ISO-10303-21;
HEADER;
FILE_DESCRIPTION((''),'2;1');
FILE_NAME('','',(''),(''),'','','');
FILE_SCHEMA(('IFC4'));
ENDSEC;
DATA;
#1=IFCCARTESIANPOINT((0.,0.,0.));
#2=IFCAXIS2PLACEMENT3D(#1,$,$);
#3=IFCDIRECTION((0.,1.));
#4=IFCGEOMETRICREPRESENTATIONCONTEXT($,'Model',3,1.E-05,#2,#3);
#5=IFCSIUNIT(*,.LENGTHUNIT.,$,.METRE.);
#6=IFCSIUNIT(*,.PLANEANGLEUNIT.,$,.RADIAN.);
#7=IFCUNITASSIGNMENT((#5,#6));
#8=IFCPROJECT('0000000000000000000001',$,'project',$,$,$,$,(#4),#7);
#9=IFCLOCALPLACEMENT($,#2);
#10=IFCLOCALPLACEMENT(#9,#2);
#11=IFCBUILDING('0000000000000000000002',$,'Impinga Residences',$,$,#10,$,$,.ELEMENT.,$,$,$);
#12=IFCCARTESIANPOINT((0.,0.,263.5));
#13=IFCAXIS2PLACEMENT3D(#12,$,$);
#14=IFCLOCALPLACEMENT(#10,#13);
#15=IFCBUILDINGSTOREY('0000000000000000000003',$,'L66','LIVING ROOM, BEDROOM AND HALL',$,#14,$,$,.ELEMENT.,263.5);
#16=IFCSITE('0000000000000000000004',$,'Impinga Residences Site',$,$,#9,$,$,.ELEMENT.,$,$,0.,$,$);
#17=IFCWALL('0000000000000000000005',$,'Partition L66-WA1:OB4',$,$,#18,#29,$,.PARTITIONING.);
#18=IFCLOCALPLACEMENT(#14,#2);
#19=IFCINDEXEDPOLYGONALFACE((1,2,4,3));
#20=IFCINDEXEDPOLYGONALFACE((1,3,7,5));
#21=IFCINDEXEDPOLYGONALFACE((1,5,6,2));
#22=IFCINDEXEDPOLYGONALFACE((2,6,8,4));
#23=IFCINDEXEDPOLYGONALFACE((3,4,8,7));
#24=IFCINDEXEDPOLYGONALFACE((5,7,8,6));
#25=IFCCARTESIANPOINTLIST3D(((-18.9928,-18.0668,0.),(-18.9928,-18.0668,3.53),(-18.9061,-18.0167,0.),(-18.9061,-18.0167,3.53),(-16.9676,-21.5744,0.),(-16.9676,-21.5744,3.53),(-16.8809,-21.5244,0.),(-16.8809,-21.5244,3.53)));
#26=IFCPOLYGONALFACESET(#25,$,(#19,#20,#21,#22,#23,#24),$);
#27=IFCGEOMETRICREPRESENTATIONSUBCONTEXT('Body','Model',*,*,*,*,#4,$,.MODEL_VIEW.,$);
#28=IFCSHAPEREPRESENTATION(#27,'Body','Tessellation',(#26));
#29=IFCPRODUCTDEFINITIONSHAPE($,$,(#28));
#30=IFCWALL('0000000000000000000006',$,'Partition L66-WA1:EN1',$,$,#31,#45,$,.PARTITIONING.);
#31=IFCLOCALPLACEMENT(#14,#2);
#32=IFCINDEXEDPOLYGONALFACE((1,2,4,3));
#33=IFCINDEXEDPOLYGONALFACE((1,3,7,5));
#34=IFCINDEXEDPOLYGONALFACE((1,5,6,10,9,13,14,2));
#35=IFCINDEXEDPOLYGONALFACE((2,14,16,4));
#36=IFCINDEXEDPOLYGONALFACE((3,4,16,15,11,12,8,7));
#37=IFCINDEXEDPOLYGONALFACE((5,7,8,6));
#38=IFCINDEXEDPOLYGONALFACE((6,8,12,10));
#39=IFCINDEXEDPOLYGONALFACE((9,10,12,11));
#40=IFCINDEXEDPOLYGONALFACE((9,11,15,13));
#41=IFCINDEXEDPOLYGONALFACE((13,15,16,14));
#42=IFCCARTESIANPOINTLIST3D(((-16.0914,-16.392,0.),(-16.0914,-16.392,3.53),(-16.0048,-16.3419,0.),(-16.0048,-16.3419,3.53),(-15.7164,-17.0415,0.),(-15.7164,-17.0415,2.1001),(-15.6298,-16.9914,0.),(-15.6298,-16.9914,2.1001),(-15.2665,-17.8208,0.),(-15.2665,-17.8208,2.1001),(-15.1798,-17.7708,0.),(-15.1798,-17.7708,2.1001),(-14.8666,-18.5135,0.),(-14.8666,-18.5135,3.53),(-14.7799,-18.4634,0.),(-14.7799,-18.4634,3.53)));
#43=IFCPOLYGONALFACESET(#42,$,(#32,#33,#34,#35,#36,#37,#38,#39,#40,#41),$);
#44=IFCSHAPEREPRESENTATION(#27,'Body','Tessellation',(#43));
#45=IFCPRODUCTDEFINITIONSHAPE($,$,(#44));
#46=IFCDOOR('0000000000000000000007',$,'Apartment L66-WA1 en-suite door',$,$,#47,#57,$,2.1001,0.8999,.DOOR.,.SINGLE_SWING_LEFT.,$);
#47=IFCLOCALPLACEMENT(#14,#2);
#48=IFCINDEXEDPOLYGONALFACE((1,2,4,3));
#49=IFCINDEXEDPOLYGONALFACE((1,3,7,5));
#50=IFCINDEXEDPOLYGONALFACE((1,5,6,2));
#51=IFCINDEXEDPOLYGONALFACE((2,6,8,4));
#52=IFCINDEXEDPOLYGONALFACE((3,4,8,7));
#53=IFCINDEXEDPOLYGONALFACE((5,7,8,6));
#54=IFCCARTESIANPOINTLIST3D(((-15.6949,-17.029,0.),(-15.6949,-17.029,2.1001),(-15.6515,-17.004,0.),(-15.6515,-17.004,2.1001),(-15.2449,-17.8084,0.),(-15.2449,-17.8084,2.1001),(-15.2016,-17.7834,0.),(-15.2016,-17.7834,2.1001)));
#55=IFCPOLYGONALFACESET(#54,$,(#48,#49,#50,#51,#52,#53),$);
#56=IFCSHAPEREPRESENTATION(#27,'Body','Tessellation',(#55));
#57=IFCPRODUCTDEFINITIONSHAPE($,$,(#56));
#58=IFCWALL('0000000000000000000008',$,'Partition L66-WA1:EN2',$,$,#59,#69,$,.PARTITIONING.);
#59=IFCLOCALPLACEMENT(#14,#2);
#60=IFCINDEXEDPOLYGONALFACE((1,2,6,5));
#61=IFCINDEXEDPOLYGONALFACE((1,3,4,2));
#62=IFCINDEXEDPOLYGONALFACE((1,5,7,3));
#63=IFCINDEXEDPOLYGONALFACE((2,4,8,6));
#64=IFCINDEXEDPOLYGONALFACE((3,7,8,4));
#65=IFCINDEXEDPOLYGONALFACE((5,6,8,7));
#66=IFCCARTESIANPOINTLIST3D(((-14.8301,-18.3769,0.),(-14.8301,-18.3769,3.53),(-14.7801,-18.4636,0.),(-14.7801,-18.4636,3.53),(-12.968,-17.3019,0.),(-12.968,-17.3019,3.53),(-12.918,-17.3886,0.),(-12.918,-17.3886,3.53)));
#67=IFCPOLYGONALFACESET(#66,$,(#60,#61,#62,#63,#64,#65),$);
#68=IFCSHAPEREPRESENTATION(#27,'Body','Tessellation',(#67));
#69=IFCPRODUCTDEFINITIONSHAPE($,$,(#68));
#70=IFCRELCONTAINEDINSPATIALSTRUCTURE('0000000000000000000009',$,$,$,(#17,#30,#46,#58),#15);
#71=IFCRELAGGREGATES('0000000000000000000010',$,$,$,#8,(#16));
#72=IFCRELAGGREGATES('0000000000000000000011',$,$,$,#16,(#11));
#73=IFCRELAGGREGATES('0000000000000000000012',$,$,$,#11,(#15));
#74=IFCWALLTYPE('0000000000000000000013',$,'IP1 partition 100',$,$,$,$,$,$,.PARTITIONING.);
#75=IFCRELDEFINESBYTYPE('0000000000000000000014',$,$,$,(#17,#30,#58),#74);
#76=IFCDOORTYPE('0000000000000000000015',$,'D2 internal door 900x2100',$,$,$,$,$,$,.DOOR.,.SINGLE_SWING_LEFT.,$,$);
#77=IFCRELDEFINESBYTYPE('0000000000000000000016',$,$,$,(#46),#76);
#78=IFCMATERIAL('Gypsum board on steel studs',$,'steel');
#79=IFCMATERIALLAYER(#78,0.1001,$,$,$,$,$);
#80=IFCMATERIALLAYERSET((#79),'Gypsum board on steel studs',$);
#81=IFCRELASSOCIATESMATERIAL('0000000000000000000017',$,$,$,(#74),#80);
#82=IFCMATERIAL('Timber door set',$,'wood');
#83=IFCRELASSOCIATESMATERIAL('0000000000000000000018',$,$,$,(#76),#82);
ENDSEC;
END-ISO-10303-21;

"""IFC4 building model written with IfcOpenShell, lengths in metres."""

from ifc_helpers import new_model, si_unit, direction, frame, frame_2d, origin, place, context, subcontext, project, spatial, rectangle, extrude, material, layer, layer_set, type_object, element, fill, save


model = new_model("IFC4")

# Units and contexts
model_context = context("Model", 3, precision=1e-05, world=origin(), true_north=direction((0.0, 1.0)))
body_context = subcontext(model_context, "Body", "Model", "MODEL_VIEW")
ifc_project = project(units=[si_unit("LENGTHUNIT", "METRE"), si_unit("PLANEANGLEUNIT", "RADIAN")], contexts=[model_context])

# Site, building, storey
site_placement = place(None, origin())
site = spatial("IfcSite", under=ifc_project, at=site_placement, Name="Impinga Residences Site", CompositionType="ELEMENT", RefElevation=0.0)
building_placement = place(site_placement, origin())
building = spatial("IfcBuilding", under=site, at=building_placement, Name="Impinga Residences", CompositionType="ELEMENT")
storey_placement = place(building_placement, frame((0.0, 0.0, 263.5)))
storey = spatial("IfcBuildingStorey", under=building, at=storey_placement, Name="L66", Description="LIVING ROOM, BEDROOM AND HALL", CompositionType="ELEMENT", Elevation=263.5)

# Wall
ifc_material_1 = material(Name="Gypsum board on steel studs", Category="steel")
ifc_layer_1 = layer(ifc_material_1, 0.1001)
ifc_layer_set_1 = layer_set([ifc_layer_1], Name="Gypsum board on steel studs")
wall_type_1 = type_object("IfcWallType", Name="IP1 partition 100", PredefinedType="PARTITIONING", material=ifc_layer_set_1)
wall_1_placement = place(storey_placement, frame((-18.9495, -18.0417, 0.0), z_axis=(0.0, 0.0, 1.0), x_axis=(0.500009, -0.86602, 0.0)))
element("IfcWall", 1, at=wall_1_placement, inside=storey, type_object=wall_type_1, Name="Partition L66-WA1:OB4", PredefinedType="PARTITIONING", context=body_context, shape_type="SweptSolid", body=[
    extrude(rectangle(XDim=4.0503, YDim=0.1001, at=frame_2d((2.0251, 0.0))), origin(), (0.0, 0.0, 1.0), 3.53),
])

# Wall, opening, door
wall_2_placement = place(storey_placement, frame((-16.0481, -16.3669, 0.0), z_axis=(0.0, 0.0, 1.0), x_axis=(0.499987, -0.866033, 0.0)))
wall_2 = element("IfcWall", 2, at=wall_2_placement, inside=storey, type_object=wall_type_1, Name="Partition L66-WA1:EN1", PredefinedType="PARTITIONING", context=body_context, shape_type="SweptSolid", body=[
    extrude(rectangle(XDim=2.4497, YDim=0.1001, at=frame_2d((1.2249, 0.0))), origin(), (0.0, 0.0, 1.0), 3.53),
])
opening_1_placement = place(wall_2_placement, frame((0.75, 0.0, 0.0)))
opening_1 = element("IfcOpeningElement", 3, at=opening_1_placement, cuts=wall_2, PredefinedType="OPENING", context=body_context, shape_type="SweptSolid", body=[
    extrude(rectangle(XDim=0.8999, YDim=2.1001, at=frame_2d((0.45, 1.05))), frame((0.0, 0.0601, 0.0), z_axis=(0.0, -1.0, 0.0), x_axis=(1.0, 0.0, 0.0)), (0.0, 0.0, 1.0), 0.1201),
])
ifc_material_2 = material(Name="Timber door set", Category="wood")
door_type = type_object("IfcDoorType", Name="D2 internal door 900x2100", OperationType="SINGLE_SWING_LEFT", PredefinedType="DOOR", material=ifc_material_2)
door_placement = place(opening_1_placement, origin())
door = element("IfcDoor", 4, at=door_placement, inside=storey, type_object=door_type, Name="Apartment L66-WA1 en-suite door", OperationType="SINGLE_SWING_LEFT", OverallHeight=2.1001, OverallWidth=0.8999, PredefinedType="DOOR", context=body_context, shape_type="SweptSolid", body=[
    extrude(rectangle(XDim=0.8999, YDim=2.1001, at=frame_2d((0.45, 1.05))), frame((0.0, 0.0249, 0.0), z_axis=(0.0, -1.0, 0.0), x_axis=(1.0, 0.0, 0.0)), (0.0, 0.0, 1.0), 0.05),
])
fill(opening_1, door)

# Wall
wall_3_placement = place(storey_placement, frame((-12.9429, -17.3452, 0.0), z_axis=(0.0, 0.0, 1.0), x_axis=(-0.866048, -0.499962, 0.0)))
element("IfcWall", 5, at=wall_3_placement, inside=storey, type_object=wall_type_1, Name="Partition L66-WA1:EN2", PredefinedType="PARTITIONING", context=body_context, shape_type="SweptSolid", body=[
    extrude(rectangle(XDim=2.1501, YDim=0.1001, at=frame_2d((1.0752, 0.0))), origin(), (0.0, 0.0, 1.0), 3.53),
])

save(model, "model.ifc")
